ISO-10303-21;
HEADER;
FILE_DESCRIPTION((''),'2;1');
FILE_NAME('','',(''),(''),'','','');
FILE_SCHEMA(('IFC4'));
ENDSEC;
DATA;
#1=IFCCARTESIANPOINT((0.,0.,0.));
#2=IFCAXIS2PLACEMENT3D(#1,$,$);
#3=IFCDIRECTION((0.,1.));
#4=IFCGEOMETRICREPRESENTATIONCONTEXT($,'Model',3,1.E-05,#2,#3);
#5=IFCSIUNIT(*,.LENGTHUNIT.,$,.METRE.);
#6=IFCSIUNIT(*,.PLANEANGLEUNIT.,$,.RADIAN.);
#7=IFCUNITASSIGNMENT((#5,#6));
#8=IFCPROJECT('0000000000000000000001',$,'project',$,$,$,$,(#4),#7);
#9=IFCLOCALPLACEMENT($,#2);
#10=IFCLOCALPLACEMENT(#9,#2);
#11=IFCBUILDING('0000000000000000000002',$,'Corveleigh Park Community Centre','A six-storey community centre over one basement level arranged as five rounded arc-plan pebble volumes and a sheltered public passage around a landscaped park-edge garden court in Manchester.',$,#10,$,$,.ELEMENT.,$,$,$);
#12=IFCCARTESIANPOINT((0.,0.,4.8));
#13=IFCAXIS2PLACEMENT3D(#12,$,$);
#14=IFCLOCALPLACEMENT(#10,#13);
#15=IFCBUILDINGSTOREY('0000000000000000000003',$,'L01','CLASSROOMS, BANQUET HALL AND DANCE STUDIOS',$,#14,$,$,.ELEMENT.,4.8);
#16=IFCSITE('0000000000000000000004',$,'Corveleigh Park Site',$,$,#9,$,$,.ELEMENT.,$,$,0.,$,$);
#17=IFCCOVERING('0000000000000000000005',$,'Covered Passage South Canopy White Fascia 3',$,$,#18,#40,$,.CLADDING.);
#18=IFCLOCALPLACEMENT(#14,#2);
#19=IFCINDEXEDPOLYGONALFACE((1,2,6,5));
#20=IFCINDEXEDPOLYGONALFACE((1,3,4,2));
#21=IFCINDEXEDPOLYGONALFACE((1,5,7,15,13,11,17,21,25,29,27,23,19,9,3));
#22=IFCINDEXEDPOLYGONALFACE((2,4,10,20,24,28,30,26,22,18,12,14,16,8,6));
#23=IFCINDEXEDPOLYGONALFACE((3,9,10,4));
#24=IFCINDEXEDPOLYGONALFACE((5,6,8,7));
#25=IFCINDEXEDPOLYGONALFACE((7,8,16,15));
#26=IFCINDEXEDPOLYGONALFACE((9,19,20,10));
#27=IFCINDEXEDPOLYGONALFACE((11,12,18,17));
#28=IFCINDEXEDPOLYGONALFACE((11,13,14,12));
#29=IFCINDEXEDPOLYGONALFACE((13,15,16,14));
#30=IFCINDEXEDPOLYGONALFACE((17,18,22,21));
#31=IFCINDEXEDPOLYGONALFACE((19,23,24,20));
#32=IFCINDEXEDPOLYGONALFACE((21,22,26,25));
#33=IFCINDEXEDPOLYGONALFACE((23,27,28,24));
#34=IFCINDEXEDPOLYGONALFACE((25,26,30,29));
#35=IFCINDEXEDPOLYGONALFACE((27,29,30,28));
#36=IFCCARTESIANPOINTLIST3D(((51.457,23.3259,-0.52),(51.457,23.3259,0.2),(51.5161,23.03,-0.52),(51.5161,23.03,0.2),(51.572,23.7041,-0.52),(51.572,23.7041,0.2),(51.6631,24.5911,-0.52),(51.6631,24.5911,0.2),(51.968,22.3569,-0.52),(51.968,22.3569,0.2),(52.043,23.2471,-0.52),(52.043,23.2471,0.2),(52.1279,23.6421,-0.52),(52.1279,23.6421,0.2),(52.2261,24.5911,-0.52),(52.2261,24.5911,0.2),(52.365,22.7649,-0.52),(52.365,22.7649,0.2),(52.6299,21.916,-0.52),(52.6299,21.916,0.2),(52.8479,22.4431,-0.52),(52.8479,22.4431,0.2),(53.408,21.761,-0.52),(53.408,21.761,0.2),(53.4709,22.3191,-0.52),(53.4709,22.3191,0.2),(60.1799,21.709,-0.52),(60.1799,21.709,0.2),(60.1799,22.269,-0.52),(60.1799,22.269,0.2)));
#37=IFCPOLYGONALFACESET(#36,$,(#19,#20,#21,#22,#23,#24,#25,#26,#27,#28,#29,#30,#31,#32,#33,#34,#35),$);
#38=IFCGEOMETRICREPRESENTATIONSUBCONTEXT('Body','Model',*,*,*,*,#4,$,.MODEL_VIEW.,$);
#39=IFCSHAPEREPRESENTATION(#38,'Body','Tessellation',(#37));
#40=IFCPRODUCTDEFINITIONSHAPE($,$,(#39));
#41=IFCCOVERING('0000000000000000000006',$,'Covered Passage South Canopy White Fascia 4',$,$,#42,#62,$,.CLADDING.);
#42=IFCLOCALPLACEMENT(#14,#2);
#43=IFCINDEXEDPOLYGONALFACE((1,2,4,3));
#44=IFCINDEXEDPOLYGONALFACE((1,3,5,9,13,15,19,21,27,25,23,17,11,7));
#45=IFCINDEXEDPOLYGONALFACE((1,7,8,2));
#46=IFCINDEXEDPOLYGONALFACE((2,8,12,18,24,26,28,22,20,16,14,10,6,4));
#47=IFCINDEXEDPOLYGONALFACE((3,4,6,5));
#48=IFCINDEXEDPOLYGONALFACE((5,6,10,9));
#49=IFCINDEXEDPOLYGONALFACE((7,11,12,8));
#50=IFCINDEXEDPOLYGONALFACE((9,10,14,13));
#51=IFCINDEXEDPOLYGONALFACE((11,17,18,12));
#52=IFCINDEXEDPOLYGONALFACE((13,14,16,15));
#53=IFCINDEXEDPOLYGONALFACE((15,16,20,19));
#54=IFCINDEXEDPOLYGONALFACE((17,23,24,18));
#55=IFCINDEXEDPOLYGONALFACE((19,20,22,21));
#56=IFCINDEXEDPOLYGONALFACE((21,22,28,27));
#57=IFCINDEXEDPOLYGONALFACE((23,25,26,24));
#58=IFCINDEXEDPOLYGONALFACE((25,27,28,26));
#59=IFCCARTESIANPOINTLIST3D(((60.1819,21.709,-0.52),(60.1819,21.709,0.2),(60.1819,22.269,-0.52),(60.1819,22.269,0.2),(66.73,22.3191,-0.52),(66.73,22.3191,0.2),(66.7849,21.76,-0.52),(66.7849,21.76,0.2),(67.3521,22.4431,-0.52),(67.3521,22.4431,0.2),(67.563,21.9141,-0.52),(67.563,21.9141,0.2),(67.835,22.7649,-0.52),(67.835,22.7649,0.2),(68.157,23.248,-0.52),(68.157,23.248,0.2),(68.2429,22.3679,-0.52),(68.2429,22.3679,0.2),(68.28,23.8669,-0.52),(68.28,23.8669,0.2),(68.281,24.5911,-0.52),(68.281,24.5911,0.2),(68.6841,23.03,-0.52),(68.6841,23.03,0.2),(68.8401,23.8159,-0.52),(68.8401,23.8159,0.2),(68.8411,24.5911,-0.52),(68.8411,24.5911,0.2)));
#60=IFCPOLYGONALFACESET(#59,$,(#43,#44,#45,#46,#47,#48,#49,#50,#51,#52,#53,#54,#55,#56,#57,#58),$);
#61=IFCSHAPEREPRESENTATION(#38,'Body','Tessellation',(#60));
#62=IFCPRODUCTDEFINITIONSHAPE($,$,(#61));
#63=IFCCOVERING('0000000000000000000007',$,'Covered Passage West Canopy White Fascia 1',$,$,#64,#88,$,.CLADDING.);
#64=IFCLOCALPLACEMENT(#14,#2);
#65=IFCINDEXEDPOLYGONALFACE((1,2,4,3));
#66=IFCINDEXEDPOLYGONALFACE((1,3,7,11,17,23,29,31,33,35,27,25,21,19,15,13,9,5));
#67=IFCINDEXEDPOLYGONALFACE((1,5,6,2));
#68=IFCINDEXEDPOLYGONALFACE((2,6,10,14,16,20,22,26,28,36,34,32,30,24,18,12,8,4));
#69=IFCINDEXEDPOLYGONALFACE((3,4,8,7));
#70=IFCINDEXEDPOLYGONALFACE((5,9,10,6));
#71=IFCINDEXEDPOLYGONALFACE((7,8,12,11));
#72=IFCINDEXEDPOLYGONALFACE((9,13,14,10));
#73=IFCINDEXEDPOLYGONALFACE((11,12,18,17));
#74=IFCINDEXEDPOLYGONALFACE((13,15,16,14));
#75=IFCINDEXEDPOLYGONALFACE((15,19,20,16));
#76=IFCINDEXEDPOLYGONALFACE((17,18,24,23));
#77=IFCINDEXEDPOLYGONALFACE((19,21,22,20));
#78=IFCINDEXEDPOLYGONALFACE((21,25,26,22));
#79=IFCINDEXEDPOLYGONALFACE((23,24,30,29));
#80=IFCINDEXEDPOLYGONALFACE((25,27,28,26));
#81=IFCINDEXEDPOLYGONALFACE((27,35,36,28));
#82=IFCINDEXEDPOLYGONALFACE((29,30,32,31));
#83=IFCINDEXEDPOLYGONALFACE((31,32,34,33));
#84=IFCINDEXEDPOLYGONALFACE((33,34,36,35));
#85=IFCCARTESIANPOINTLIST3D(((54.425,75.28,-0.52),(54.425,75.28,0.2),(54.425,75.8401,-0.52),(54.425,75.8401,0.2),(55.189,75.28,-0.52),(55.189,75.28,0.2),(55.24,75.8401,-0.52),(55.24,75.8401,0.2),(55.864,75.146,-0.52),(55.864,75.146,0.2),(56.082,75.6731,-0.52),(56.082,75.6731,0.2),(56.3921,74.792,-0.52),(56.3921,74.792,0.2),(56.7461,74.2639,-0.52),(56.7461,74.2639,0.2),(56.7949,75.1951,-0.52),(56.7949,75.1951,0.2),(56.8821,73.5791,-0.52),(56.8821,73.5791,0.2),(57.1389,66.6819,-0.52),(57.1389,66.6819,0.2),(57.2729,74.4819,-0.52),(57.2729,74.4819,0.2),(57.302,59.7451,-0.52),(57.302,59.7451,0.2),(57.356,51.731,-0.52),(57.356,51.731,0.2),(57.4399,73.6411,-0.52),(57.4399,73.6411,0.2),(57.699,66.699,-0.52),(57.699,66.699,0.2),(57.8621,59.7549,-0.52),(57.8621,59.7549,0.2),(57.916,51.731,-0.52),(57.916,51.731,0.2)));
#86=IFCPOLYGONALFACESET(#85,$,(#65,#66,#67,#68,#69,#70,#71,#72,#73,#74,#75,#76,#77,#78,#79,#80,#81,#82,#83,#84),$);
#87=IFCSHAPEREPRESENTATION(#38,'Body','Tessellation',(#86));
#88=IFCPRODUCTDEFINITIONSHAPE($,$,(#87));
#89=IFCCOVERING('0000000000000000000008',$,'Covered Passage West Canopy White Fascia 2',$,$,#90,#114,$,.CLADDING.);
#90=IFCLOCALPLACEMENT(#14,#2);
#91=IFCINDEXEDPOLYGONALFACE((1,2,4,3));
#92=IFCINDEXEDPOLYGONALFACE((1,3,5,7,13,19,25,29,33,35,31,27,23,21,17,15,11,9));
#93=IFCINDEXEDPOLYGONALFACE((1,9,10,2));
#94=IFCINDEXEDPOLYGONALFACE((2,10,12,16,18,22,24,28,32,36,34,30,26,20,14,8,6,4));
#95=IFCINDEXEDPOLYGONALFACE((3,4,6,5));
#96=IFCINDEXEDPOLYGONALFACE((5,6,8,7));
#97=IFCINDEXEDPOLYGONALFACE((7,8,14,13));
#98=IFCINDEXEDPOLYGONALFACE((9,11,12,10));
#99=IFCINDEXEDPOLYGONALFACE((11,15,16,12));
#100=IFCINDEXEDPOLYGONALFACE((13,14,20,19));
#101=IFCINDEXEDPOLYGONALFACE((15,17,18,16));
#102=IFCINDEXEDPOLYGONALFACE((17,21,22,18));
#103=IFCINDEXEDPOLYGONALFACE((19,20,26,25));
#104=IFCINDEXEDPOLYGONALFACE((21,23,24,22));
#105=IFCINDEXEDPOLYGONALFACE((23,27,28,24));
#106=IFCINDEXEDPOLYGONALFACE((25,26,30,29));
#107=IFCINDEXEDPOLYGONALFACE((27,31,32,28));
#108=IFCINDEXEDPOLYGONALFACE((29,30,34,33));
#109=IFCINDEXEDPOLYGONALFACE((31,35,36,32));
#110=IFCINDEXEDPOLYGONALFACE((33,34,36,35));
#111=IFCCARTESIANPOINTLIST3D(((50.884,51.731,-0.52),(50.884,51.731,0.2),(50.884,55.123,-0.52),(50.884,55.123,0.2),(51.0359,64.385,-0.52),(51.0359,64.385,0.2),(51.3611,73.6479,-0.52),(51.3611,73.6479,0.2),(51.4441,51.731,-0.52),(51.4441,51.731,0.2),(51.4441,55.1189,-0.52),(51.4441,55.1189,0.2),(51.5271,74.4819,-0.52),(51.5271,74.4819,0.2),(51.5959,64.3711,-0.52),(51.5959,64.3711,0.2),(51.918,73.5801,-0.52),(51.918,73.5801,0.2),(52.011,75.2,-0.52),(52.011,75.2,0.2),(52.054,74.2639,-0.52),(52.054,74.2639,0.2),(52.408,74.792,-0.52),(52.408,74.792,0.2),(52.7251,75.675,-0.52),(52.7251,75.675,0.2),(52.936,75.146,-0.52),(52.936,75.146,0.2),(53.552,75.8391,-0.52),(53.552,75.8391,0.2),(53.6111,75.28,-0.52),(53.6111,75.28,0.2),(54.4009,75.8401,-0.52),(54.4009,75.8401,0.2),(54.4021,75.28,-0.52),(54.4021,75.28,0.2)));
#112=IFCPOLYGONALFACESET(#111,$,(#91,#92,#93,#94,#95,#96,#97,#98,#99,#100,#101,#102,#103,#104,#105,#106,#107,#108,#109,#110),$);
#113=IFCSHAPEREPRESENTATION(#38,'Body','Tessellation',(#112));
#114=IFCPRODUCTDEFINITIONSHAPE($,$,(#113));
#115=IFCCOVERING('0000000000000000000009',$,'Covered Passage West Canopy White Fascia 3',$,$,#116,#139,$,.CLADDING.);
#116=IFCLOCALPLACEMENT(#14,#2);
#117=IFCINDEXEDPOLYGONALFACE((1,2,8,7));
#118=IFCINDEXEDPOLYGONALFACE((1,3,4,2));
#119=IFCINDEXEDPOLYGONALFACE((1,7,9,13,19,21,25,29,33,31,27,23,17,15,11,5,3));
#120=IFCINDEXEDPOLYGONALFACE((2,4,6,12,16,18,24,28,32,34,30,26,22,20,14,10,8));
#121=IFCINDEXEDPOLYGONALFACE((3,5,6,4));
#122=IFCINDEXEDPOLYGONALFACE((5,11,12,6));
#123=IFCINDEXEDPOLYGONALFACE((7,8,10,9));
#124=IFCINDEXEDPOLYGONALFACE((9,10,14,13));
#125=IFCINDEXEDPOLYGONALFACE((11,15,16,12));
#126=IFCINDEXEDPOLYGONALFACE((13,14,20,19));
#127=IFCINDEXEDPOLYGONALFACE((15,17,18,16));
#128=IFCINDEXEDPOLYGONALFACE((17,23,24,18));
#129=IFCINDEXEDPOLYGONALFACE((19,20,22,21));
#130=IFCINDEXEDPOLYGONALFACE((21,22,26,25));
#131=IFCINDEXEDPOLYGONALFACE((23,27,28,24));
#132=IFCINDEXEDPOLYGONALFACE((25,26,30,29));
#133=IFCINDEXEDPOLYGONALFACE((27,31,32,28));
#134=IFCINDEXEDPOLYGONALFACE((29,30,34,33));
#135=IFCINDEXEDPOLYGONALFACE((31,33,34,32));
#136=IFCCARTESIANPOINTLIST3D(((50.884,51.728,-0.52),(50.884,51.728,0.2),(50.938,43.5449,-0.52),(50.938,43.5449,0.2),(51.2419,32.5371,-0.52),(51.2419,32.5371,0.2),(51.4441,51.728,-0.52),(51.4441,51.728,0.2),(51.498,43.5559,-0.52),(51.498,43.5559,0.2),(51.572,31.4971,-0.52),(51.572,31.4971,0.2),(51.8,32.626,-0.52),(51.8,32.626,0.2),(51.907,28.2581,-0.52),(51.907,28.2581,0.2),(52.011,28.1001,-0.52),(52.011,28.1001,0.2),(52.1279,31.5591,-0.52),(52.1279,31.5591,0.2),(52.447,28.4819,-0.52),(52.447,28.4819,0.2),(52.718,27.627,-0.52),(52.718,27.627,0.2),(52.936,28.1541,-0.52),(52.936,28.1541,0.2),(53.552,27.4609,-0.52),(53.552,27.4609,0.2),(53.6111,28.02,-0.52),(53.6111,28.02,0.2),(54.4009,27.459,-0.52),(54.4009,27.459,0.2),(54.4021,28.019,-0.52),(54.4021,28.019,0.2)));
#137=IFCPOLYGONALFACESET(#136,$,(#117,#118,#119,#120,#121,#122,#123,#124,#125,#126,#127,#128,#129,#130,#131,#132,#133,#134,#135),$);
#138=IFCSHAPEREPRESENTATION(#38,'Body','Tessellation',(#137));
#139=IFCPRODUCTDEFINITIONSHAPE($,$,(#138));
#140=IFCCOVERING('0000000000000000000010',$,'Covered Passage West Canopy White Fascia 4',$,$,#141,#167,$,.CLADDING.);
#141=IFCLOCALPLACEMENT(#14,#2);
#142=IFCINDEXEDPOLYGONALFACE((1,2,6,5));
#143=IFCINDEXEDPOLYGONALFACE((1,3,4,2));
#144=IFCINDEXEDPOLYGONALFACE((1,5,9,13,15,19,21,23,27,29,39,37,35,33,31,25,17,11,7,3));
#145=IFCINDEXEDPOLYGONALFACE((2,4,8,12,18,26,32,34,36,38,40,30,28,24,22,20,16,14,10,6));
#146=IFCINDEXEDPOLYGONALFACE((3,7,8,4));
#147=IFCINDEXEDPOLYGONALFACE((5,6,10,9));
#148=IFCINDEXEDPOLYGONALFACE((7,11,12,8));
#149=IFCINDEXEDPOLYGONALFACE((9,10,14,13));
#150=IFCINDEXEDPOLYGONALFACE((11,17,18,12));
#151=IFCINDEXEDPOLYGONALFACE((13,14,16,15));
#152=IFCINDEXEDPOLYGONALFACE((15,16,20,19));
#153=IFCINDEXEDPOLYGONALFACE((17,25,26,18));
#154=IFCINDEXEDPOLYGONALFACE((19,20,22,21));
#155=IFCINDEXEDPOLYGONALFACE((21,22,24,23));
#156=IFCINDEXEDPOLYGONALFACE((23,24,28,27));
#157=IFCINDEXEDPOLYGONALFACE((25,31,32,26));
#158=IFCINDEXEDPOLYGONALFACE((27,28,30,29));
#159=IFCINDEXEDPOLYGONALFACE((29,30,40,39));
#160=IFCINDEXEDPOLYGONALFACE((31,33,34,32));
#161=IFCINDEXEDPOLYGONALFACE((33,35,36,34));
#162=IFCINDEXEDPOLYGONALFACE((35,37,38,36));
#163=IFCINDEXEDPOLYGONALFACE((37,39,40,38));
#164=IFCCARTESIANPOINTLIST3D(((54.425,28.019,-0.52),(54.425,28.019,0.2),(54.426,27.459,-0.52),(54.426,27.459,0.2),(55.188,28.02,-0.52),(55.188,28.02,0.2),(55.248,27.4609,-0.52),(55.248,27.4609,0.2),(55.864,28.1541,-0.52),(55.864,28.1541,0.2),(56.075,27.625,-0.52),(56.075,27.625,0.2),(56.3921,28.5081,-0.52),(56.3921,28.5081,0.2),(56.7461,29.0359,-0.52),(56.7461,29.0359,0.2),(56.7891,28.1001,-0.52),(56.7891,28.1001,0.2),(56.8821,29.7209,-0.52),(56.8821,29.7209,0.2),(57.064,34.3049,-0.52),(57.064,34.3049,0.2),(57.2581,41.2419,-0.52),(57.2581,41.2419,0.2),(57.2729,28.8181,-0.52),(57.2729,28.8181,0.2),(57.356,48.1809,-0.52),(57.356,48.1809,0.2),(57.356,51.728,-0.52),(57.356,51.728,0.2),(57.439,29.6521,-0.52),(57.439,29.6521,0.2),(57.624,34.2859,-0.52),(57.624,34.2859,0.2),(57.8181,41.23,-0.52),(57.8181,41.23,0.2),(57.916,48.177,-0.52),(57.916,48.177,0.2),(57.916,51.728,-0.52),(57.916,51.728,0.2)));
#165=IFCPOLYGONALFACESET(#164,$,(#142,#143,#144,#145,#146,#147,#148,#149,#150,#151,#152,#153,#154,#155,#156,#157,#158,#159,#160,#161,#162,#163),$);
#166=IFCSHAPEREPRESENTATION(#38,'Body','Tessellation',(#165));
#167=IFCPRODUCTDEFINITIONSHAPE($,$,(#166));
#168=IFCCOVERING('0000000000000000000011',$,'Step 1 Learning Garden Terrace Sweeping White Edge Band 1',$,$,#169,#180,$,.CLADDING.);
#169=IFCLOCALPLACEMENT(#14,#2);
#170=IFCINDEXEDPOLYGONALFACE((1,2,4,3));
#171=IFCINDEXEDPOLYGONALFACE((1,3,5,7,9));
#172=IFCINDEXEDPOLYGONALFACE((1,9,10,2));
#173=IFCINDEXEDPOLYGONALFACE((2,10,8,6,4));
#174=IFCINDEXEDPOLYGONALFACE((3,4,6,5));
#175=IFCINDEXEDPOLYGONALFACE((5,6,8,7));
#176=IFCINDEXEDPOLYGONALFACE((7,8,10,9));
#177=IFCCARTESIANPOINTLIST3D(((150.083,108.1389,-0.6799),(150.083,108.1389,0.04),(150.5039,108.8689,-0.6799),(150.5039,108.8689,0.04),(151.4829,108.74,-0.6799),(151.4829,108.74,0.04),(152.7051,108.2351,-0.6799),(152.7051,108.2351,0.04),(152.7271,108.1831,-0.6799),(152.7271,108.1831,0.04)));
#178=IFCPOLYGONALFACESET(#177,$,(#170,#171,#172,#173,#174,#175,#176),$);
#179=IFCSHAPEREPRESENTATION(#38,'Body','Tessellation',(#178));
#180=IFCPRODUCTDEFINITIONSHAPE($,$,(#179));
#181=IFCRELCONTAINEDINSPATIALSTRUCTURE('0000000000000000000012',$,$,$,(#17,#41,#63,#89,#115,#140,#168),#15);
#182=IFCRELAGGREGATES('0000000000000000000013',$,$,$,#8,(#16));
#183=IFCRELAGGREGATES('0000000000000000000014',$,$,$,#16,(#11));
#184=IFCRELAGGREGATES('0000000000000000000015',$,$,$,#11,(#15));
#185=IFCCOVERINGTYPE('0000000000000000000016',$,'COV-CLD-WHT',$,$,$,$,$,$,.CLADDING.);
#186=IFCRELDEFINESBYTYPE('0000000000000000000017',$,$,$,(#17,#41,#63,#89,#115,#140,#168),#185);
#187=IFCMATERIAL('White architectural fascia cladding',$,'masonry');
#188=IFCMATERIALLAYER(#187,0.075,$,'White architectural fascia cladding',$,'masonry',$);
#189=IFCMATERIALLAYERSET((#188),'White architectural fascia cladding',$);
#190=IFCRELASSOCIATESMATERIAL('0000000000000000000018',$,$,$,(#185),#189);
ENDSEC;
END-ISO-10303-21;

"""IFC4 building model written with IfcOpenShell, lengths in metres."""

from ifc_helpers import new_model, si_unit, direction, frame, origin, place, context, subcontext, project, spatial, polyline, outline, extrude, material, layer, layer_set, type_object, element, save


model = new_model("IFC4")

# Units and contexts
model_context = context("Model", 3, precision=1e-05, world=origin(), true_north=direction((0.0, 1.0)))
body_context = subcontext(model_context, "Body", "Model", "MODEL_VIEW")
ifc_project = project(units=[si_unit("LENGTHUNIT", "METRE"), si_unit("PLANEANGLEUNIT", "RADIAN")], contexts=[model_context])

# Site, building, storey
site_placement = place(None, origin())
site = spatial("IfcSite", under=ifc_project, at=site_placement, Name="Corveleigh Park Site", CompositionType="ELEMENT", RefElevation=0.0)
building_placement = place(site_placement, origin())
building = spatial("IfcBuilding", under=site, at=building_placement, Name="Corveleigh Park Community Centre", Description="A six-storey community centre over one basement level arranged as five rounded arc-plan pebble volumes and a sheltered public passage around a landscaped park-edge garden court in Manchester.", CompositionType="ELEMENT")
storey_placement = place(building_placement, frame((0.0, 0.0, 4.8)))
storey = spatial("IfcBuildingStorey", under=building, at=storey_placement, Name="L01", Description="CLASSROOMS, BANQUET HALL AND DANCE STUDIOS", CompositionType="ELEMENT", Elevation=4.8)

# Coverings
ifc_material_1 = material(Name="White architectural fascia cladding", Category="masonry")
ifc_layer_1 = layer(ifc_material_1, 0.075, Name="White architectural fascia cladding", Category="masonry")
ifc_layer_set_1 = layer_set([ifc_layer_1], Name="White architectural fascia cladding")
covering_type = type_object("IfcCoveringType", Name="COV-CLD-WHT", PredefinedType="CLADDING", material=ifc_layer_set_1)
covering_1_placement = place(storey_placement, frame((0.0, 0.0, -0.52)))
element("IfcCovering", 1, at=covering_1_placement, inside=storey, type_object=covering_type, Name="Covered Passage South Canopy White Fascia 3", PredefinedType="CLADDING", context=body_context, shape_type="SweptSolid", body=[
    extrude(outline(polyline([(60.1799, 21.709), (53.408, 21.761), (52.6299, 21.916), (51.968, 22.3569), (51.5161, 23.03), (51.457, 23.3259), (51.572, 23.7041), (51.6631, 24.5911), (52.2261, 24.5911), (52.1279, 23.6421), (52.043, 23.2471), (52.365, 22.7649), (52.8479, 22.4431), (53.4709, 22.3191), (60.1799, 22.269), (60.1799, 21.709)])), origin(), (0.0, 0.0, 1.0), 0.72),
])
covering_2_placement = place(storey_placement, frame((0.0, 0.0, -0.52)))
element("IfcCovering", 2, at=covering_2_placement, inside=storey, type_object=covering_type, Name="Covered Passage South Canopy White Fascia 4", PredefinedType="CLADDING", context=body_context, shape_type="SweptSolid", body=[
    extrude(outline(polyline([(68.8401, 23.8159), (68.6841, 23.03), (68.2429, 22.3679), (67.563, 21.9141), (66.7849, 21.76), (60.1819, 21.709), (60.1819, 22.269), (66.73, 22.3191), (67.3521, 22.4431), (67.835, 22.7649), (68.157, 23.248), (68.28, 23.8669), (68.281, 24.5911), (68.8411, 24.5911), (68.8401, 23.8159)])), origin(), (0.0, 0.0, 1.0), 0.72),
])
covering_3_placement = place(storey_placement, frame((0.0, 0.0, -0.52)))
element("IfcCovering", 3, at=covering_3_placement, inside=storey, type_object=covering_type, Name="Covered Passage West Canopy White Fascia 1", PredefinedType="CLADDING", context=body_context, shape_type="SweptSolid", body=[
    extrude(outline(polyline([(55.24, 75.8401), (56.082, 75.6731), (56.7949, 75.1951), (57.2729, 74.4819), (57.4399, 73.6411), (57.699, 66.699), (57.8621, 59.7549), (57.916, 51.731), (57.356, 51.731), (57.302, 59.7451), (57.1389, 66.6819), (56.8821, 73.5791), (56.7461, 74.2639), (56.3921, 74.792), (55.864, 75.146), (55.189, 75.28), (54.425, 75.28), (54.425, 75.8401), (55.24, 75.8401)])), origin(), (0.0, 0.0, 1.0), 0.72),
])
covering_4_placement = place(storey_placement, frame((0.0, 0.0, -0.52)))
element("IfcCovering", 4, at=covering_4_placement, inside=storey, type_object=covering_type, Name="Covered Passage West Canopy White Fascia 2", PredefinedType="CLADDING", context=body_context, shape_type="SweptSolid", body=[
    extrude(outline(polyline([(50.884, 55.123), (51.0359, 64.385), (51.3611, 73.6479), (51.5271, 74.4819), (52.011, 75.2), (52.7251, 75.675), (53.552, 75.8391), (54.4009, 75.8401), (54.4021, 75.28), (53.6111, 75.28), (52.936, 75.146), (52.408, 74.792), (52.054, 74.2639), (51.918, 73.5801), (51.5959, 64.3711), (51.4441, 55.1189), (51.4441, 51.731), (50.884, 51.731), (50.884, 55.123)])), origin(), (0.0, 0.0, 1.0), 0.72),
])
covering_5_placement = place(storey_placement, frame((0.0, 0.0, -0.52)))
element("IfcCovering", 5, at=covering_5_placement, inside=storey, type_object=covering_type, Name="Covered Passage West Canopy White Fascia 3", PredefinedType="CLADDING", context=body_context, shape_type="SweptSolid", body=[
    extrude(outline(polyline([(50.938, 43.5449), (50.884, 51.728), (51.4441, 51.728), (51.498, 43.5559), (51.8, 32.626), (52.1279, 31.5591), (52.447, 28.4819), (52.936, 28.1541), (53.6111, 28.02), (54.4021, 28.019), (54.4009, 27.459), (53.552, 27.4609), (52.718, 27.627), (52.011, 28.1001), (51.907, 28.2581), (51.572, 31.4971), (51.2419, 32.5371), (50.938, 43.5449)])), origin(), (0.0, 0.0, 1.0), 0.72),
])
covering_6_placement = place(storey_placement, frame((0.0, 0.0, -0.52)))
element("IfcCovering", 6, at=covering_6_placement, inside=storey, type_object=covering_type, Name="Covered Passage West Canopy White Fascia 4", PredefinedType="CLADDING", context=body_context, shape_type="SweptSolid", body=[
    extrude(outline(polyline([(57.916, 48.177), (57.8181, 41.23), (57.624, 34.2859), (57.439, 29.6521), (57.2729, 28.8181), (56.7891, 28.1001), (56.075, 27.625), (55.248, 27.4609), (54.426, 27.459), (54.425, 28.019), (55.188, 28.02), (55.864, 28.1541), (56.3921, 28.5081), (56.7461, 29.0359), (56.8821, 29.7209), (57.064, 34.3049), (57.2581, 41.2419), (57.356, 48.1809), (57.356, 51.728), (57.916, 51.728), (57.916, 48.177)])), origin(), (0.0, 0.0, 1.0), 0.72),
])
covering_7_placement = place(storey_placement, frame((0.0, 0.0, -0.6799)))
element("IfcCovering", 7, at=covering_7_placement, inside=storey, type_object=covering_type, Name="Step 1 Learning Garden Terrace Sweeping White Edge Band 1", PredefinedType="CLADDING", context=body_context, shape_type="SweptSolid", body=[
    extrude(outline(polyline([(151.4829, 108.74), (152.7051, 108.2351), (152.7271, 108.1831), (150.083, 108.1389), (150.5039, 108.8689), (151.4829, 108.74)])), origin(), (0.0, 0.0, 1.0), 0.72),
])

save(model, "model.ifc")
